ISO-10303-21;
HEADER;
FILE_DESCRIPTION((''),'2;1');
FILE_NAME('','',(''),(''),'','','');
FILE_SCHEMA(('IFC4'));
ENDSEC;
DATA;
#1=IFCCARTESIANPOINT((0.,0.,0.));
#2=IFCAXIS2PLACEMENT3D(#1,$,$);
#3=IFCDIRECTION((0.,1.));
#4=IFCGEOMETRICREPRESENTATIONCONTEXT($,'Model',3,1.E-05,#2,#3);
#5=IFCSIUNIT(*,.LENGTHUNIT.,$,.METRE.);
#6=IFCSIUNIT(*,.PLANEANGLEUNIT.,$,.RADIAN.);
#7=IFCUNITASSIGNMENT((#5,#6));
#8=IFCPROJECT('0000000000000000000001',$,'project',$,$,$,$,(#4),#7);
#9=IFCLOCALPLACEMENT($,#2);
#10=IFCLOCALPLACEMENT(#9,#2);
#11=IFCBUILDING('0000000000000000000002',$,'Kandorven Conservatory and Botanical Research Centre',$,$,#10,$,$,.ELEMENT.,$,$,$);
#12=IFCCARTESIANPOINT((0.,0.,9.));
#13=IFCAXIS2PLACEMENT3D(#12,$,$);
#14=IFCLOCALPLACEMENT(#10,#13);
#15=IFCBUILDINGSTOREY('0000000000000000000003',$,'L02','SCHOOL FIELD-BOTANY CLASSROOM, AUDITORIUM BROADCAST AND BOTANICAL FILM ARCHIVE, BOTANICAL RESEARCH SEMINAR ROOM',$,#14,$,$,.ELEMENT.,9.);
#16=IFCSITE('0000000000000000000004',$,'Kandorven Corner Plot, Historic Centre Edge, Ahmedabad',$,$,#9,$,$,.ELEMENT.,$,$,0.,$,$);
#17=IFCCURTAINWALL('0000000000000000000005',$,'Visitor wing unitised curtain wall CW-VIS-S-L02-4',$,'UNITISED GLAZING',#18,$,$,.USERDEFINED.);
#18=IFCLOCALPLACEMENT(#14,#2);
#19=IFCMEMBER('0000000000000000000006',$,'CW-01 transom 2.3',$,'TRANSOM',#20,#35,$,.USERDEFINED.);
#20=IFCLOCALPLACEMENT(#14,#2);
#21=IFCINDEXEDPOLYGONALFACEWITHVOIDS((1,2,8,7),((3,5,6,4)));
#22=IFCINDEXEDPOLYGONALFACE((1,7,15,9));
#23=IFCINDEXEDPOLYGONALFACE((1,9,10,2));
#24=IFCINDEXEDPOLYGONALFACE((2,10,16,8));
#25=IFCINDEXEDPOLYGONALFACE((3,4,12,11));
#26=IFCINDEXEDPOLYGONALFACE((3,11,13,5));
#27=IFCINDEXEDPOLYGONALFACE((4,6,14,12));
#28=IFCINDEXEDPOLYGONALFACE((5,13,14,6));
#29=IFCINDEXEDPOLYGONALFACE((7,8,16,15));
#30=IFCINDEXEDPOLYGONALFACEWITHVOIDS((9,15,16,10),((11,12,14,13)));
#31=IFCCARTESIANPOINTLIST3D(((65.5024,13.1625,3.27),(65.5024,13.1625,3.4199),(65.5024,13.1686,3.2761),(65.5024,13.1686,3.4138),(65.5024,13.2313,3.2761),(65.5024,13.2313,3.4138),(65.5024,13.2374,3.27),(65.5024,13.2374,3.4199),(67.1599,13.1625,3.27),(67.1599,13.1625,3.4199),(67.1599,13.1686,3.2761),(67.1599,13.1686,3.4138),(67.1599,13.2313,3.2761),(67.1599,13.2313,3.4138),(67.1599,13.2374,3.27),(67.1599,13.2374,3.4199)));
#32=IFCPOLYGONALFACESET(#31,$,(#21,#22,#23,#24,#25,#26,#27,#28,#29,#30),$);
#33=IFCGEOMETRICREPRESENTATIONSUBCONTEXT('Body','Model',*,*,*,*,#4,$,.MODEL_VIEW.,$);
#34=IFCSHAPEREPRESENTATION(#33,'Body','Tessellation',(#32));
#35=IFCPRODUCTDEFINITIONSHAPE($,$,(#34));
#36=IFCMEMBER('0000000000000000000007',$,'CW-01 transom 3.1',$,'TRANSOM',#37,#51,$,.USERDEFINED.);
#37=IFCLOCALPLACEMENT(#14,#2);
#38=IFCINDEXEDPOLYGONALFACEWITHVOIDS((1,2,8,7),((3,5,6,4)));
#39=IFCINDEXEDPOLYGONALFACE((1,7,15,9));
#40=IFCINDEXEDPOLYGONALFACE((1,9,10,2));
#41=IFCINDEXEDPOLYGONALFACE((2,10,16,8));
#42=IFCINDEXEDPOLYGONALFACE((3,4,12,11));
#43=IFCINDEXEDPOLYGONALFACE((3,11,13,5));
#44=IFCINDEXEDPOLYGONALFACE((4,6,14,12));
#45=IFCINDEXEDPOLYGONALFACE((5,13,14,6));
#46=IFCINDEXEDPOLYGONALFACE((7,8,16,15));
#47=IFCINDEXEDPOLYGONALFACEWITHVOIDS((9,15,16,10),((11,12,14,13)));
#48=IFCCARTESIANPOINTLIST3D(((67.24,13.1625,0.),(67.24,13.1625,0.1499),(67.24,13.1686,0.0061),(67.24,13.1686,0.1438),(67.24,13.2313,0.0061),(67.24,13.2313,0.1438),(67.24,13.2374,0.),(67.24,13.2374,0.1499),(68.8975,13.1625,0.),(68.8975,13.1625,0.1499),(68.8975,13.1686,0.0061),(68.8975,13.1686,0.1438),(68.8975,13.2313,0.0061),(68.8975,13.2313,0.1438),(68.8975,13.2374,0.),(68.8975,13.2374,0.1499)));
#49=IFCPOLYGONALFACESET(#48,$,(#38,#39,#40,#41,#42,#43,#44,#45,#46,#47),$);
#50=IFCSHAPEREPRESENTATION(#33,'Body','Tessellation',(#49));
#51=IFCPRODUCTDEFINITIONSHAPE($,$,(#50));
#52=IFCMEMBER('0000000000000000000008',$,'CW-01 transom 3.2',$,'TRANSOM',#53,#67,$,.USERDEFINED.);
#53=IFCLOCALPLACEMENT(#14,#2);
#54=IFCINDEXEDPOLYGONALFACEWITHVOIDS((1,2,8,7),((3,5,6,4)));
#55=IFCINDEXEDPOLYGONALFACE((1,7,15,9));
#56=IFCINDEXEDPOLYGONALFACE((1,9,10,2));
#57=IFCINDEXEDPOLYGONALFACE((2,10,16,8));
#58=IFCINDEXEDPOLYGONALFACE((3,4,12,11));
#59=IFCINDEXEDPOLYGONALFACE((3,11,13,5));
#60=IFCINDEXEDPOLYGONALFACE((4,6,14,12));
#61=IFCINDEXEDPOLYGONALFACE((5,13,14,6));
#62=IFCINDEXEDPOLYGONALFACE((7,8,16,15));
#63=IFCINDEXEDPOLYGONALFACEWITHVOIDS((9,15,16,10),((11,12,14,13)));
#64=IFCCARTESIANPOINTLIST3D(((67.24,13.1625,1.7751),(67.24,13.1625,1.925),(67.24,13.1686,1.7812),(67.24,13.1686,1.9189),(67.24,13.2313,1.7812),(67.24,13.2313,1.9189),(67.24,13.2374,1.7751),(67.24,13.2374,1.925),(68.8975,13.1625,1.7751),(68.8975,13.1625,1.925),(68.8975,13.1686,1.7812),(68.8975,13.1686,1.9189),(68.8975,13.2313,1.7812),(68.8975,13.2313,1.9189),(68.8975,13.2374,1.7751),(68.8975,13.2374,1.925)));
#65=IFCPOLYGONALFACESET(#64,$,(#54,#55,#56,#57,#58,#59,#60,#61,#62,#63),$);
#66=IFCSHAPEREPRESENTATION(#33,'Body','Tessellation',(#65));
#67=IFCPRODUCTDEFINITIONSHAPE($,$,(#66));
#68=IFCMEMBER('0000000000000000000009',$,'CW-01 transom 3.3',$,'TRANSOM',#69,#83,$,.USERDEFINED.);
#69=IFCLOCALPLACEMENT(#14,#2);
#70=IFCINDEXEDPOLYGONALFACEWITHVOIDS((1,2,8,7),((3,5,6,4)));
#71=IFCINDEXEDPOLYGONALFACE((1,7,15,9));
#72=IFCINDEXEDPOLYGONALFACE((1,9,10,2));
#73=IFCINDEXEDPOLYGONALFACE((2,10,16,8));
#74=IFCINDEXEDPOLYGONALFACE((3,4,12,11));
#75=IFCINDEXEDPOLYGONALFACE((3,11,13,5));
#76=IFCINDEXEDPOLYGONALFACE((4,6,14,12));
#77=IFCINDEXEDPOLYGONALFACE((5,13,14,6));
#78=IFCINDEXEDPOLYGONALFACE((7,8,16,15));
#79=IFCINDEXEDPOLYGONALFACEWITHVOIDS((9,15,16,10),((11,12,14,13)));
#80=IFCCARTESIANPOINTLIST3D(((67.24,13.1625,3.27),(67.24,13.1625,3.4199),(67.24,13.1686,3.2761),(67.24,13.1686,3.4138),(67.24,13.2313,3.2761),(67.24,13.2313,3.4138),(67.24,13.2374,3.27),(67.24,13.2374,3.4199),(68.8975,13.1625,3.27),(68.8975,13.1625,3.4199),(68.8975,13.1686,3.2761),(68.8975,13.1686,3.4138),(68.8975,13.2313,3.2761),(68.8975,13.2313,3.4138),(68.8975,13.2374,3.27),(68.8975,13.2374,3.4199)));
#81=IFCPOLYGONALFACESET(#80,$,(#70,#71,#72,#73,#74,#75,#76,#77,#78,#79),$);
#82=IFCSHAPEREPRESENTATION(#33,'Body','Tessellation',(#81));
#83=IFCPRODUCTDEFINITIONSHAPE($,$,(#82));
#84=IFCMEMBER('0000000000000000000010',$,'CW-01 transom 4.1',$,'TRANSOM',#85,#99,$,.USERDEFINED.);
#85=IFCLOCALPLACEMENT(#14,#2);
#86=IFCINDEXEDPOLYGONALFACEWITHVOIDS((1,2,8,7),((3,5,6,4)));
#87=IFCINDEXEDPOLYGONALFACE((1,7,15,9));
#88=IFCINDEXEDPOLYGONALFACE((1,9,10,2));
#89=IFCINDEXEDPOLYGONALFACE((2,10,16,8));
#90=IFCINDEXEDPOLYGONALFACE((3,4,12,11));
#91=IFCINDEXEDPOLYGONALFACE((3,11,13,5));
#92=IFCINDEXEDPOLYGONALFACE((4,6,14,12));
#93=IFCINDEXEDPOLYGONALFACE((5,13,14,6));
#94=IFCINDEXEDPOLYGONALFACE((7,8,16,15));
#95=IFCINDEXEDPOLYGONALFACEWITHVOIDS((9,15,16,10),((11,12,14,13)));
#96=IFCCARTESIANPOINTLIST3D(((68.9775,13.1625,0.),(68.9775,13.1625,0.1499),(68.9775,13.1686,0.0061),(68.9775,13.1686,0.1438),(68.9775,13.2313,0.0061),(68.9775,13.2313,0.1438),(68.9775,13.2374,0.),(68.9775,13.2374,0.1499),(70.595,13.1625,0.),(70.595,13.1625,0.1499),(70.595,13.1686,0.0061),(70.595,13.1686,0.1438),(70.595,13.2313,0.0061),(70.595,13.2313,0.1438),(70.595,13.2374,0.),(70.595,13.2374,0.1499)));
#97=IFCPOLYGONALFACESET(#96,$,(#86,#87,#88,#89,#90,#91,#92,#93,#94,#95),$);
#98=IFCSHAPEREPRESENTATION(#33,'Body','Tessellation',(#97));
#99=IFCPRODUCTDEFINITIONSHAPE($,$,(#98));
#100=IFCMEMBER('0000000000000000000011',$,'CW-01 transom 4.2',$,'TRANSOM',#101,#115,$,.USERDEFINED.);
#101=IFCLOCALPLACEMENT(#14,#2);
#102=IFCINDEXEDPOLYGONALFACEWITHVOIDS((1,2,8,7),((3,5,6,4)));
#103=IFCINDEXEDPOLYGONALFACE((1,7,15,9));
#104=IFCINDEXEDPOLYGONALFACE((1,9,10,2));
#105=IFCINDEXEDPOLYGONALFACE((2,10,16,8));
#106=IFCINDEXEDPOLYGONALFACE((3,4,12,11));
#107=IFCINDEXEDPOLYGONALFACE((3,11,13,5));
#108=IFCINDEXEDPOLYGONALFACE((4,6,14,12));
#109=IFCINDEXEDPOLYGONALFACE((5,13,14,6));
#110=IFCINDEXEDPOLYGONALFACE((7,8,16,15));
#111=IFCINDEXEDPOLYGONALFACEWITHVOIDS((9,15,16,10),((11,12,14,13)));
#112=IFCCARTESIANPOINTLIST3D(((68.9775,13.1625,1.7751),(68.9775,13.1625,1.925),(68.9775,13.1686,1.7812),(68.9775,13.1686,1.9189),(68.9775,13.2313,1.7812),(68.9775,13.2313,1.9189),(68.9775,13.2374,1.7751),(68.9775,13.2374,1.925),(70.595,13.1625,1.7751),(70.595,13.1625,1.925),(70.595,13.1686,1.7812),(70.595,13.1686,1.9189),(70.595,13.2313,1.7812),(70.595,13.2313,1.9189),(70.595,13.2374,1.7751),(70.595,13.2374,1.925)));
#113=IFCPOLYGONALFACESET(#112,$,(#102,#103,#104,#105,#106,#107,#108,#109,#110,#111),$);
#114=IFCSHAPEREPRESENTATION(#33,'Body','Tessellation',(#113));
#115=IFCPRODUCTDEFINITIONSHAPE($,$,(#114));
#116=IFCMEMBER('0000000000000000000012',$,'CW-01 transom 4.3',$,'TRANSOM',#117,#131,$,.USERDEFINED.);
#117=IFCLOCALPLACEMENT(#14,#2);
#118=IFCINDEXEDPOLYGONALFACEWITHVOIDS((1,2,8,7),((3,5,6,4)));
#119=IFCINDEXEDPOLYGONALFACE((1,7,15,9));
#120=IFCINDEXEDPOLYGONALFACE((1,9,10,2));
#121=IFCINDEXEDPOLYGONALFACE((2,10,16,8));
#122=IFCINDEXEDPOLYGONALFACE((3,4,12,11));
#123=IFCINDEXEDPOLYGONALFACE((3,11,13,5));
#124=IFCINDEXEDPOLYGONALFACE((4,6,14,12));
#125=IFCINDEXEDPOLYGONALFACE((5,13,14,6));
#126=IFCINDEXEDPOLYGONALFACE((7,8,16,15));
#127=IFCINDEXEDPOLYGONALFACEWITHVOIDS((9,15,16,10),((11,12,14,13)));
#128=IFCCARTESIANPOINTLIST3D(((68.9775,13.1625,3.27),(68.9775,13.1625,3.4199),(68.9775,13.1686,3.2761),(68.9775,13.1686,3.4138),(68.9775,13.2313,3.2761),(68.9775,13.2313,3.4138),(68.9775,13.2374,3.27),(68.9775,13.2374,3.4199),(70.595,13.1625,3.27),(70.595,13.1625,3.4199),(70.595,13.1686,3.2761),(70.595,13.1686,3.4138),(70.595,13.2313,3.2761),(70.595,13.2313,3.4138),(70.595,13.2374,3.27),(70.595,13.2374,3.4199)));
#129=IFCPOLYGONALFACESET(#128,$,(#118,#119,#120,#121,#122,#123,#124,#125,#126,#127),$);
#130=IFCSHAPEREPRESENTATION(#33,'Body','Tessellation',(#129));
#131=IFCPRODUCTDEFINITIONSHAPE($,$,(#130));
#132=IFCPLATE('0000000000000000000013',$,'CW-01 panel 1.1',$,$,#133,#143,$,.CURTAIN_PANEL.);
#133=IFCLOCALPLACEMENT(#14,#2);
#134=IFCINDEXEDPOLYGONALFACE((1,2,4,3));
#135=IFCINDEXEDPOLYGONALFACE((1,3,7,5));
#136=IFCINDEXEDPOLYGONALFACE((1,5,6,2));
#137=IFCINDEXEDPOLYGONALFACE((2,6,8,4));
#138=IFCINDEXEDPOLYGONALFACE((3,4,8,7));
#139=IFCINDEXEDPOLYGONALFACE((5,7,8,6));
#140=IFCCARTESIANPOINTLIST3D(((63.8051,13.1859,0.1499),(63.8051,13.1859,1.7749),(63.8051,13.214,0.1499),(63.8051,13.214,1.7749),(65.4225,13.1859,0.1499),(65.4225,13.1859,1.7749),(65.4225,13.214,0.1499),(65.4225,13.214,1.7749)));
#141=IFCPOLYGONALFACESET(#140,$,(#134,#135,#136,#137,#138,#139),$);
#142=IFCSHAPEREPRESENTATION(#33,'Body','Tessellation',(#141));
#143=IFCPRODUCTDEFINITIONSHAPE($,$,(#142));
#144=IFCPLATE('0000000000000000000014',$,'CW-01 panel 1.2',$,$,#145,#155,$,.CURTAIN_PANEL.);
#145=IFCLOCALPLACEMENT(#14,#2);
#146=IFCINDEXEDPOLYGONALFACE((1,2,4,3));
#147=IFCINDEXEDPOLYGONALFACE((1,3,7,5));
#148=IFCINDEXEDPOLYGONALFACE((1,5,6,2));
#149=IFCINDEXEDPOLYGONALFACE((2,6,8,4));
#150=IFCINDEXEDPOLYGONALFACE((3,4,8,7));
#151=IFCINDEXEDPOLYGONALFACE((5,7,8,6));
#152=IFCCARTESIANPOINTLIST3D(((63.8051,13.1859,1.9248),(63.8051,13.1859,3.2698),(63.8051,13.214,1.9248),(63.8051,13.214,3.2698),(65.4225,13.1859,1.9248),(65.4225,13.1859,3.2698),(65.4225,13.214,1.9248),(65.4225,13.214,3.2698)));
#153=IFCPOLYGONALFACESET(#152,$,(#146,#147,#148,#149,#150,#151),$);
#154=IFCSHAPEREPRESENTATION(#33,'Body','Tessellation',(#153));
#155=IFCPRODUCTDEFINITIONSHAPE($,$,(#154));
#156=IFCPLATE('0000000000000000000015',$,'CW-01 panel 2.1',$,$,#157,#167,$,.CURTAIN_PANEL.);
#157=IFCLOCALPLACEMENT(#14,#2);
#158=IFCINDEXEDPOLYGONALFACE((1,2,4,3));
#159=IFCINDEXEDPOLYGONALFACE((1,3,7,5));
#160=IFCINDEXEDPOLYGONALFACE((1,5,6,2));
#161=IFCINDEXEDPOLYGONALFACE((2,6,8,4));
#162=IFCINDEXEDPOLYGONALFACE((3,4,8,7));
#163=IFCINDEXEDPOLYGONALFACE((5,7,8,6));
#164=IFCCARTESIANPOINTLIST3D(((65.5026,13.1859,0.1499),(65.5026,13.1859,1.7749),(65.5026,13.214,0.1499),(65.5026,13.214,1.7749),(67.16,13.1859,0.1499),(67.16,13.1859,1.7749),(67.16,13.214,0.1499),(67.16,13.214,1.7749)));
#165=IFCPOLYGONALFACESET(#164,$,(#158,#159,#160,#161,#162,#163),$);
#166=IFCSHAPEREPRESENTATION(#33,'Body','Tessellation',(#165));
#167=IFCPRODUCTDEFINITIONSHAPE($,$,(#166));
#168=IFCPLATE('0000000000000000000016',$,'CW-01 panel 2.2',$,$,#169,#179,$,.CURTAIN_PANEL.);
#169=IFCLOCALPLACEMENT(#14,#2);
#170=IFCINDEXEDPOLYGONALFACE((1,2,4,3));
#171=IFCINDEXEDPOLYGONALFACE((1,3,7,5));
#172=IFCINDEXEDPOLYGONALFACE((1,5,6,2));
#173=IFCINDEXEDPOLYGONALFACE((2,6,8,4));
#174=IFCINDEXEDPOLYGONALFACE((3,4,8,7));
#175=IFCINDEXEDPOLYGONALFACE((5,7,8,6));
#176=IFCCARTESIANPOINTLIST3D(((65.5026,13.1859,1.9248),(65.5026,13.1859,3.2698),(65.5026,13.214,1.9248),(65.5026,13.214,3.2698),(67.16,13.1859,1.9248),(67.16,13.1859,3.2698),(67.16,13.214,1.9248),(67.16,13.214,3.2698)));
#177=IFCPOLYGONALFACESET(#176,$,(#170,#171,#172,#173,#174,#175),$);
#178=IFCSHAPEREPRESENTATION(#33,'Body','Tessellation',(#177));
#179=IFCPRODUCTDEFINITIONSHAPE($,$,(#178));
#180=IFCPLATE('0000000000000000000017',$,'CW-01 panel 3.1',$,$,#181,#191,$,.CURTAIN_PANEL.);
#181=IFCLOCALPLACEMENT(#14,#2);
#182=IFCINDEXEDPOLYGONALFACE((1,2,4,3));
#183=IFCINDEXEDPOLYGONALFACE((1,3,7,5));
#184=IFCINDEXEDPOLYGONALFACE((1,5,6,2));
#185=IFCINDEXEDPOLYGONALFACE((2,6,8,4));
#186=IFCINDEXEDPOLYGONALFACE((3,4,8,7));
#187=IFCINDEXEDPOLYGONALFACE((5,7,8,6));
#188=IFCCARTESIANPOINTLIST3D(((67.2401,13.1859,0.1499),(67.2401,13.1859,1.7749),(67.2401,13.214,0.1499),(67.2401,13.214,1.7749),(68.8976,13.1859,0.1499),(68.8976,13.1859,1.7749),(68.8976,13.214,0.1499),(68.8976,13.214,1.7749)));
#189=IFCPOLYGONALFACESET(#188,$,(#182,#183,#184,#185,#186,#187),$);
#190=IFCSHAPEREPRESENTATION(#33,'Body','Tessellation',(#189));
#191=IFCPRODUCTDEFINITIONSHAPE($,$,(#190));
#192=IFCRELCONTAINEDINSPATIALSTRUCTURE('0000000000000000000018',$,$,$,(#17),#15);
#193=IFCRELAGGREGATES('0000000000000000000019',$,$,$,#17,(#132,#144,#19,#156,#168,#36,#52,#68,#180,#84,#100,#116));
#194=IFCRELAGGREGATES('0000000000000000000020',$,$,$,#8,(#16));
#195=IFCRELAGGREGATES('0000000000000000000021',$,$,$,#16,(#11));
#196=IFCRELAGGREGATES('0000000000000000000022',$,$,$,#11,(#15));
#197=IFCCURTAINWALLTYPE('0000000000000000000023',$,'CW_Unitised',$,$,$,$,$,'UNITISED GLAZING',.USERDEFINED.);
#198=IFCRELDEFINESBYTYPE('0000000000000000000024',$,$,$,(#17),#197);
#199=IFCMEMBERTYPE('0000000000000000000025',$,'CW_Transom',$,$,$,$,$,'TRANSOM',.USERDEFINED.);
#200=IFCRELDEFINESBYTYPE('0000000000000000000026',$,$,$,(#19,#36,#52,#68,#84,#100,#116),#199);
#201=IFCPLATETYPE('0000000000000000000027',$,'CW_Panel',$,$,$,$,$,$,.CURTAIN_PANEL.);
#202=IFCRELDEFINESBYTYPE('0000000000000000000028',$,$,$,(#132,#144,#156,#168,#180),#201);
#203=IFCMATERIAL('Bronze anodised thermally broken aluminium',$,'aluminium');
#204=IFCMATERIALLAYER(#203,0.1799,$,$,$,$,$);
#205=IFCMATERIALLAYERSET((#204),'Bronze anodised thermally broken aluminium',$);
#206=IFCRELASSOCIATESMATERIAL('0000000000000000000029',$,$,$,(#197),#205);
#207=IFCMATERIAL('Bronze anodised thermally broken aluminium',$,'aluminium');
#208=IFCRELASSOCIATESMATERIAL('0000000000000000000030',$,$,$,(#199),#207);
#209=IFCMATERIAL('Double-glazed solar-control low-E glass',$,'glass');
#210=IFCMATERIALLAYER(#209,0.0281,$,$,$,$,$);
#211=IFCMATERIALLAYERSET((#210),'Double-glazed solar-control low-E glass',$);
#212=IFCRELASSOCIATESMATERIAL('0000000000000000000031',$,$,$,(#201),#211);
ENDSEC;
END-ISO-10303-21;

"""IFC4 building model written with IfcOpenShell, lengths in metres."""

from ifc_helpers import new_model, si_unit, direction, frame, origin, origin_2d, place, context, subcontext, project, spatial, rectangle, hollow_rectangle, extrude, material, layer, layer_set, material_profile, profile_set, type_object, element, aggregate, save


model = new_model("IFC4")

# Units and contexts
model_context = context("Model", 3, precision=1e-05, world=origin(), true_north=direction((0.0, 1.0)))
body_context = subcontext(model_context, "Body", "Model", "MODEL_VIEW")
ifc_project = project(units=[si_unit("LENGTHUNIT", "METRE"), si_unit("PLANEANGLEUNIT", "RADIAN")], contexts=[model_context])

# Site, building, storey
site_placement = place(None, origin())
site = spatial("IfcSite", under=ifc_project, at=site_placement, Name="Kandorven Corner Plot, Historic Centre Edge, Ahmedabad", CompositionType="ELEMENT", RefElevation=0.0)
building_placement = place(site_placement, origin())
building = spatial("IfcBuilding", under=site, at=building_placement, Name="Kandorven Conservatory and Botanical Research Centre", CompositionType="ELEMENT")
storey_placement = place(building_placement, frame((0.0, 0.0, 9.0)))
storey = spatial("IfcBuildingStorey", under=building, at=storey_placement, Name="L02", Description="SCHOOL FIELD-BOTANY CLASSROOM, AUDITORIUM BROADCAST AND BOTANICAL FILM ARCHIVE, BOTANICAL RESEARCH SEMINAR ROOM", CompositionType="ELEMENT", Elevation=9.0)

# Curtain wall, members, plates
ifc_material_1 = material(Name="Bronze anodised thermally broken aluminium", Category="aluminium")
ifc_layer_1 = layer(ifc_material_1, 0.1799)
ifc_layer_set_1 = layer_set([ifc_layer_1], Name="Bronze anodised thermally broken aluminium")
curtain_wall_type = type_object("IfcCurtainWallType", Name="CW_Unitised", ElementType="UNITISED GLAZING", PredefinedType="USERDEFINED", material=ifc_layer_set_1)
curtain_wall_placement = place(storey_placement, origin())
curtain_wall = element("IfcCurtainWall", 1, at=curtain_wall_placement, inside=storey, type_object=curtain_wall_type, Name="Visitor wing unitised curtain wall CW-VIS-S-L02-4", ObjectType="UNITISED GLAZING", PredefinedType="USERDEFINED")
ifc_material_2 = material(Name="Bronze anodised thermally broken aluminium", Category="aluminium")
ifc_material_profile_1 = material_profile(ifc_material_2, hollow_rectangle(XDim=0.075, YDim=0.1499, WallThickness=0.0061, at=origin_2d()))
ifc_profile_set_1 = profile_set([ifc_material_profile_1], Name="Bronze anodised thermally broken aluminium")
member_type_1 = type_object("IfcMemberType", Name="CW_Transom", ElementType="TRANSOM", PredefinedType="USERDEFINED", material=ifc_profile_set_1)
member_1_placement = place(storey_placement, frame((65.5024, 13.2, 3.345), z_axis=(1.0, 0.0, 0.0), x_axis=(0.0, 1.0, 0.0)))
member_1 = element("IfcMember", 2, at=member_1_placement, type_object=member_type_1, Name="CW-01 transom 2.3", ObjectType="TRANSOM", PredefinedType="USERDEFINED", context=body_context, shape_type="SweptSolid", body=[
    extrude(hollow_rectangle(XDim=0.075, YDim=0.1499, WallThickness=0.0061, at=origin_2d()), origin(), (0.0, 0.0, 1.0), 1.6575),
])
member_2_placement = place(storey_placement, frame((67.24, 13.2, 0.075), z_axis=(1.0, 0.0, 0.0), x_axis=(0.0, 1.0, 0.0)))
member_2 = element("IfcMember", 3, at=member_2_placement, type_object=member_type_1, Name="CW-01 transom 3.1", ObjectType="TRANSOM", PredefinedType="USERDEFINED", context=body_context, shape_type="SweptSolid", body=[
    extrude(hollow_rectangle(XDim=0.075, YDim=0.1499, WallThickness=0.0061, at=origin_2d()), origin(), (0.0, 0.0, 1.0), 1.6575),
])
member_3_placement = place(storey_placement, frame((67.24, 13.2, 1.8501), z_axis=(1.0, 0.0, 0.0), x_axis=(0.0, 1.0, 0.0)))
member_3 = element("IfcMember", 4, at=member_3_placement, type_object=member_type_1, Name="CW-01 transom 3.2", ObjectType="TRANSOM", PredefinedType="USERDEFINED", context=body_context, shape_type="SweptSolid", body=[
    extrude(hollow_rectangle(XDim=0.075, YDim=0.1499, WallThickness=0.0061, at=origin_2d()), origin(), (0.0, 0.0, 1.0), 1.6575),
])
member_4_placement = place(storey_placement, frame((67.24, 13.2, 3.345), z_axis=(1.0, 0.0, 0.0), x_axis=(0.0, 1.0, 0.0)))
member_4 = element("IfcMember", 5, at=member_4_placement, type_object=member_type_1, Name="CW-01 transom 3.3", ObjectType="TRANSOM", PredefinedType="USERDEFINED", context=body_context, shape_type="SweptSolid", body=[
    extrude(hollow_rectangle(XDim=0.075, YDim=0.1499, WallThickness=0.0061, at=origin_2d()), origin(), (0.0, 0.0, 1.0), 1.6575),
])
member_5_placement = place(storey_placement, frame((68.9775, 13.2, 0.075), z_axis=(1.0, 0.0, 0.0), x_axis=(0.0, 1.0, 0.0)))
member_5 = element("IfcMember", 6, at=member_5_placement, type_object=member_type_1, Name="CW-01 transom 4.1", ObjectType="TRANSOM", PredefinedType="USERDEFINED", context=body_context, shape_type="SweptSolid", body=[
    extrude(hollow_rectangle(XDim=0.075, YDim=0.1499, WallThickness=0.0061, at=origin_2d()), origin(), (0.0, 0.0, 1.0), 1.6174),
])
member_6_placement = place(storey_placement, frame((68.9775, 13.2, 1.8501), z_axis=(1.0, 0.0, 0.0), x_axis=(0.0, 1.0, 0.0)))
member_6 = element("IfcMember", 7, at=member_6_placement, type_object=member_type_1, Name="CW-01 transom 4.2", ObjectType="TRANSOM", PredefinedType="USERDEFINED", context=body_context, shape_type="SweptSolid", body=[
    extrude(hollow_rectangle(XDim=0.075, YDim=0.1499, WallThickness=0.0061, at=origin_2d()), origin(), (0.0, 0.0, 1.0), 1.6174),
])
member_7_placement = place(storey_placement, frame((68.9775, 13.2, 3.345), z_axis=(1.0, 0.0, 0.0), x_axis=(0.0, 1.0, 0.0)))
member_7 = element("IfcMember", 8, at=member_7_placement, type_object=member_type_1, Name="CW-01 transom 4.3", ObjectType="TRANSOM", PredefinedType="USERDEFINED", context=body_context, shape_type="SweptSolid", body=[
    extrude(hollow_rectangle(XDim=0.075, YDim=0.1499, WallThickness=0.0061, at=origin_2d()), origin(), (0.0, 0.0, 1.0), 1.6174),
])
ifc_material_3 = material(Name="Double-glazed solar-control low-E glass", Category="glass")
ifc_layer_2 = layer(ifc_material_3, 0.0281)
ifc_layer_set_2 = layer_set([ifc_layer_2], Name="Double-glazed solar-control low-E glass")
plate_type_1 = type_object("IfcPlateType", Name="CW_Panel", PredefinedType="CURTAIN_PANEL", material=ifc_layer_set_2)
plate_1_placement = place(storey_placement, frame((64.6138, 13.2, 0.1499), z_axis=(0.0, 0.0, 1.0), x_axis=(1.0, 0.0, 0.0)))
plate_1 = element("IfcPlate", 9, at=plate_1_placement, type_object=plate_type_1, Name="CW-01 panel 1.1", PredefinedType="CURTAIN_PANEL", context=body_context, shape_type="SweptSolid", body=[
    extrude(rectangle(XDim=1.6174, YDim=0.0281, at=origin_2d()), origin(), (0.0, 0.0, 1.0), 1.625),
])
plate_2_placement = place(storey_placement, frame((64.6138, 13.2, 1.9248), z_axis=(0.0, 0.0, 1.0), x_axis=(1.0, 0.0, 0.0)))
plate_2 = element("IfcPlate", 10, at=plate_2_placement, type_object=plate_type_1, Name="CW-01 panel 1.2", PredefinedType="CURTAIN_PANEL", context=body_context, shape_type="SweptSolid", body=[
    extrude(rectangle(XDim=1.6174, YDim=0.0281, at=origin_2d()), origin(), (0.0, 0.0, 1.0), 1.345),
])
plate_3_placement = place(storey_placement, frame((66.3313, 13.2, 0.1499), z_axis=(0.0, 0.0, 1.0), x_axis=(1.0, 0.0, 0.0)))
plate_3 = element("IfcPlate", 11, at=plate_3_placement, type_object=plate_type_1, Name="CW-01 panel 2.1", PredefinedType="CURTAIN_PANEL", context=body_context, shape_type="SweptSolid", body=[
    extrude(rectangle(XDim=1.6575, YDim=0.0281, at=origin_2d()), origin(), (0.0, 0.0, 1.0), 1.625),
])
plate_4_placement = place(storey_placement, frame((66.3313, 13.2, 1.9248), z_axis=(0.0, 0.0, 1.0), x_axis=(1.0, 0.0, 0.0)))
plate_4 = element("IfcPlate", 12, at=plate_4_placement, type_object=plate_type_1, Name="CW-01 panel 2.2", PredefinedType="CURTAIN_PANEL", context=body_context, shape_type="SweptSolid", body=[
    extrude(rectangle(XDim=1.6575, YDim=0.0281, at=origin_2d()), origin(), (0.0, 0.0, 1.0), 1.345),
])
plate_5_placement = place(storey_placement, frame((68.0688, 13.2, 0.1499), z_axis=(0.0, 0.0, 1.0), x_axis=(1.0, 0.0, 0.0)))
plate_5 = element("IfcPlate", 13, at=plate_5_placement, type_object=plate_type_1, Name="CW-01 panel 3.1", PredefinedType="CURTAIN_PANEL", context=body_context, shape_type="SweptSolid", body=[
    extrude(rectangle(XDim=1.6575, YDim=0.0281, at=origin_2d()), origin(), (0.0, 0.0, 1.0), 1.625),
])
aggregate(curtain_wall, [plate_1, plate_2, member_1, plate_3, plate_4, member_2, member_3, member_4, plate_5, member_5, member_6, member_7])

save(model, "model.ifc")
